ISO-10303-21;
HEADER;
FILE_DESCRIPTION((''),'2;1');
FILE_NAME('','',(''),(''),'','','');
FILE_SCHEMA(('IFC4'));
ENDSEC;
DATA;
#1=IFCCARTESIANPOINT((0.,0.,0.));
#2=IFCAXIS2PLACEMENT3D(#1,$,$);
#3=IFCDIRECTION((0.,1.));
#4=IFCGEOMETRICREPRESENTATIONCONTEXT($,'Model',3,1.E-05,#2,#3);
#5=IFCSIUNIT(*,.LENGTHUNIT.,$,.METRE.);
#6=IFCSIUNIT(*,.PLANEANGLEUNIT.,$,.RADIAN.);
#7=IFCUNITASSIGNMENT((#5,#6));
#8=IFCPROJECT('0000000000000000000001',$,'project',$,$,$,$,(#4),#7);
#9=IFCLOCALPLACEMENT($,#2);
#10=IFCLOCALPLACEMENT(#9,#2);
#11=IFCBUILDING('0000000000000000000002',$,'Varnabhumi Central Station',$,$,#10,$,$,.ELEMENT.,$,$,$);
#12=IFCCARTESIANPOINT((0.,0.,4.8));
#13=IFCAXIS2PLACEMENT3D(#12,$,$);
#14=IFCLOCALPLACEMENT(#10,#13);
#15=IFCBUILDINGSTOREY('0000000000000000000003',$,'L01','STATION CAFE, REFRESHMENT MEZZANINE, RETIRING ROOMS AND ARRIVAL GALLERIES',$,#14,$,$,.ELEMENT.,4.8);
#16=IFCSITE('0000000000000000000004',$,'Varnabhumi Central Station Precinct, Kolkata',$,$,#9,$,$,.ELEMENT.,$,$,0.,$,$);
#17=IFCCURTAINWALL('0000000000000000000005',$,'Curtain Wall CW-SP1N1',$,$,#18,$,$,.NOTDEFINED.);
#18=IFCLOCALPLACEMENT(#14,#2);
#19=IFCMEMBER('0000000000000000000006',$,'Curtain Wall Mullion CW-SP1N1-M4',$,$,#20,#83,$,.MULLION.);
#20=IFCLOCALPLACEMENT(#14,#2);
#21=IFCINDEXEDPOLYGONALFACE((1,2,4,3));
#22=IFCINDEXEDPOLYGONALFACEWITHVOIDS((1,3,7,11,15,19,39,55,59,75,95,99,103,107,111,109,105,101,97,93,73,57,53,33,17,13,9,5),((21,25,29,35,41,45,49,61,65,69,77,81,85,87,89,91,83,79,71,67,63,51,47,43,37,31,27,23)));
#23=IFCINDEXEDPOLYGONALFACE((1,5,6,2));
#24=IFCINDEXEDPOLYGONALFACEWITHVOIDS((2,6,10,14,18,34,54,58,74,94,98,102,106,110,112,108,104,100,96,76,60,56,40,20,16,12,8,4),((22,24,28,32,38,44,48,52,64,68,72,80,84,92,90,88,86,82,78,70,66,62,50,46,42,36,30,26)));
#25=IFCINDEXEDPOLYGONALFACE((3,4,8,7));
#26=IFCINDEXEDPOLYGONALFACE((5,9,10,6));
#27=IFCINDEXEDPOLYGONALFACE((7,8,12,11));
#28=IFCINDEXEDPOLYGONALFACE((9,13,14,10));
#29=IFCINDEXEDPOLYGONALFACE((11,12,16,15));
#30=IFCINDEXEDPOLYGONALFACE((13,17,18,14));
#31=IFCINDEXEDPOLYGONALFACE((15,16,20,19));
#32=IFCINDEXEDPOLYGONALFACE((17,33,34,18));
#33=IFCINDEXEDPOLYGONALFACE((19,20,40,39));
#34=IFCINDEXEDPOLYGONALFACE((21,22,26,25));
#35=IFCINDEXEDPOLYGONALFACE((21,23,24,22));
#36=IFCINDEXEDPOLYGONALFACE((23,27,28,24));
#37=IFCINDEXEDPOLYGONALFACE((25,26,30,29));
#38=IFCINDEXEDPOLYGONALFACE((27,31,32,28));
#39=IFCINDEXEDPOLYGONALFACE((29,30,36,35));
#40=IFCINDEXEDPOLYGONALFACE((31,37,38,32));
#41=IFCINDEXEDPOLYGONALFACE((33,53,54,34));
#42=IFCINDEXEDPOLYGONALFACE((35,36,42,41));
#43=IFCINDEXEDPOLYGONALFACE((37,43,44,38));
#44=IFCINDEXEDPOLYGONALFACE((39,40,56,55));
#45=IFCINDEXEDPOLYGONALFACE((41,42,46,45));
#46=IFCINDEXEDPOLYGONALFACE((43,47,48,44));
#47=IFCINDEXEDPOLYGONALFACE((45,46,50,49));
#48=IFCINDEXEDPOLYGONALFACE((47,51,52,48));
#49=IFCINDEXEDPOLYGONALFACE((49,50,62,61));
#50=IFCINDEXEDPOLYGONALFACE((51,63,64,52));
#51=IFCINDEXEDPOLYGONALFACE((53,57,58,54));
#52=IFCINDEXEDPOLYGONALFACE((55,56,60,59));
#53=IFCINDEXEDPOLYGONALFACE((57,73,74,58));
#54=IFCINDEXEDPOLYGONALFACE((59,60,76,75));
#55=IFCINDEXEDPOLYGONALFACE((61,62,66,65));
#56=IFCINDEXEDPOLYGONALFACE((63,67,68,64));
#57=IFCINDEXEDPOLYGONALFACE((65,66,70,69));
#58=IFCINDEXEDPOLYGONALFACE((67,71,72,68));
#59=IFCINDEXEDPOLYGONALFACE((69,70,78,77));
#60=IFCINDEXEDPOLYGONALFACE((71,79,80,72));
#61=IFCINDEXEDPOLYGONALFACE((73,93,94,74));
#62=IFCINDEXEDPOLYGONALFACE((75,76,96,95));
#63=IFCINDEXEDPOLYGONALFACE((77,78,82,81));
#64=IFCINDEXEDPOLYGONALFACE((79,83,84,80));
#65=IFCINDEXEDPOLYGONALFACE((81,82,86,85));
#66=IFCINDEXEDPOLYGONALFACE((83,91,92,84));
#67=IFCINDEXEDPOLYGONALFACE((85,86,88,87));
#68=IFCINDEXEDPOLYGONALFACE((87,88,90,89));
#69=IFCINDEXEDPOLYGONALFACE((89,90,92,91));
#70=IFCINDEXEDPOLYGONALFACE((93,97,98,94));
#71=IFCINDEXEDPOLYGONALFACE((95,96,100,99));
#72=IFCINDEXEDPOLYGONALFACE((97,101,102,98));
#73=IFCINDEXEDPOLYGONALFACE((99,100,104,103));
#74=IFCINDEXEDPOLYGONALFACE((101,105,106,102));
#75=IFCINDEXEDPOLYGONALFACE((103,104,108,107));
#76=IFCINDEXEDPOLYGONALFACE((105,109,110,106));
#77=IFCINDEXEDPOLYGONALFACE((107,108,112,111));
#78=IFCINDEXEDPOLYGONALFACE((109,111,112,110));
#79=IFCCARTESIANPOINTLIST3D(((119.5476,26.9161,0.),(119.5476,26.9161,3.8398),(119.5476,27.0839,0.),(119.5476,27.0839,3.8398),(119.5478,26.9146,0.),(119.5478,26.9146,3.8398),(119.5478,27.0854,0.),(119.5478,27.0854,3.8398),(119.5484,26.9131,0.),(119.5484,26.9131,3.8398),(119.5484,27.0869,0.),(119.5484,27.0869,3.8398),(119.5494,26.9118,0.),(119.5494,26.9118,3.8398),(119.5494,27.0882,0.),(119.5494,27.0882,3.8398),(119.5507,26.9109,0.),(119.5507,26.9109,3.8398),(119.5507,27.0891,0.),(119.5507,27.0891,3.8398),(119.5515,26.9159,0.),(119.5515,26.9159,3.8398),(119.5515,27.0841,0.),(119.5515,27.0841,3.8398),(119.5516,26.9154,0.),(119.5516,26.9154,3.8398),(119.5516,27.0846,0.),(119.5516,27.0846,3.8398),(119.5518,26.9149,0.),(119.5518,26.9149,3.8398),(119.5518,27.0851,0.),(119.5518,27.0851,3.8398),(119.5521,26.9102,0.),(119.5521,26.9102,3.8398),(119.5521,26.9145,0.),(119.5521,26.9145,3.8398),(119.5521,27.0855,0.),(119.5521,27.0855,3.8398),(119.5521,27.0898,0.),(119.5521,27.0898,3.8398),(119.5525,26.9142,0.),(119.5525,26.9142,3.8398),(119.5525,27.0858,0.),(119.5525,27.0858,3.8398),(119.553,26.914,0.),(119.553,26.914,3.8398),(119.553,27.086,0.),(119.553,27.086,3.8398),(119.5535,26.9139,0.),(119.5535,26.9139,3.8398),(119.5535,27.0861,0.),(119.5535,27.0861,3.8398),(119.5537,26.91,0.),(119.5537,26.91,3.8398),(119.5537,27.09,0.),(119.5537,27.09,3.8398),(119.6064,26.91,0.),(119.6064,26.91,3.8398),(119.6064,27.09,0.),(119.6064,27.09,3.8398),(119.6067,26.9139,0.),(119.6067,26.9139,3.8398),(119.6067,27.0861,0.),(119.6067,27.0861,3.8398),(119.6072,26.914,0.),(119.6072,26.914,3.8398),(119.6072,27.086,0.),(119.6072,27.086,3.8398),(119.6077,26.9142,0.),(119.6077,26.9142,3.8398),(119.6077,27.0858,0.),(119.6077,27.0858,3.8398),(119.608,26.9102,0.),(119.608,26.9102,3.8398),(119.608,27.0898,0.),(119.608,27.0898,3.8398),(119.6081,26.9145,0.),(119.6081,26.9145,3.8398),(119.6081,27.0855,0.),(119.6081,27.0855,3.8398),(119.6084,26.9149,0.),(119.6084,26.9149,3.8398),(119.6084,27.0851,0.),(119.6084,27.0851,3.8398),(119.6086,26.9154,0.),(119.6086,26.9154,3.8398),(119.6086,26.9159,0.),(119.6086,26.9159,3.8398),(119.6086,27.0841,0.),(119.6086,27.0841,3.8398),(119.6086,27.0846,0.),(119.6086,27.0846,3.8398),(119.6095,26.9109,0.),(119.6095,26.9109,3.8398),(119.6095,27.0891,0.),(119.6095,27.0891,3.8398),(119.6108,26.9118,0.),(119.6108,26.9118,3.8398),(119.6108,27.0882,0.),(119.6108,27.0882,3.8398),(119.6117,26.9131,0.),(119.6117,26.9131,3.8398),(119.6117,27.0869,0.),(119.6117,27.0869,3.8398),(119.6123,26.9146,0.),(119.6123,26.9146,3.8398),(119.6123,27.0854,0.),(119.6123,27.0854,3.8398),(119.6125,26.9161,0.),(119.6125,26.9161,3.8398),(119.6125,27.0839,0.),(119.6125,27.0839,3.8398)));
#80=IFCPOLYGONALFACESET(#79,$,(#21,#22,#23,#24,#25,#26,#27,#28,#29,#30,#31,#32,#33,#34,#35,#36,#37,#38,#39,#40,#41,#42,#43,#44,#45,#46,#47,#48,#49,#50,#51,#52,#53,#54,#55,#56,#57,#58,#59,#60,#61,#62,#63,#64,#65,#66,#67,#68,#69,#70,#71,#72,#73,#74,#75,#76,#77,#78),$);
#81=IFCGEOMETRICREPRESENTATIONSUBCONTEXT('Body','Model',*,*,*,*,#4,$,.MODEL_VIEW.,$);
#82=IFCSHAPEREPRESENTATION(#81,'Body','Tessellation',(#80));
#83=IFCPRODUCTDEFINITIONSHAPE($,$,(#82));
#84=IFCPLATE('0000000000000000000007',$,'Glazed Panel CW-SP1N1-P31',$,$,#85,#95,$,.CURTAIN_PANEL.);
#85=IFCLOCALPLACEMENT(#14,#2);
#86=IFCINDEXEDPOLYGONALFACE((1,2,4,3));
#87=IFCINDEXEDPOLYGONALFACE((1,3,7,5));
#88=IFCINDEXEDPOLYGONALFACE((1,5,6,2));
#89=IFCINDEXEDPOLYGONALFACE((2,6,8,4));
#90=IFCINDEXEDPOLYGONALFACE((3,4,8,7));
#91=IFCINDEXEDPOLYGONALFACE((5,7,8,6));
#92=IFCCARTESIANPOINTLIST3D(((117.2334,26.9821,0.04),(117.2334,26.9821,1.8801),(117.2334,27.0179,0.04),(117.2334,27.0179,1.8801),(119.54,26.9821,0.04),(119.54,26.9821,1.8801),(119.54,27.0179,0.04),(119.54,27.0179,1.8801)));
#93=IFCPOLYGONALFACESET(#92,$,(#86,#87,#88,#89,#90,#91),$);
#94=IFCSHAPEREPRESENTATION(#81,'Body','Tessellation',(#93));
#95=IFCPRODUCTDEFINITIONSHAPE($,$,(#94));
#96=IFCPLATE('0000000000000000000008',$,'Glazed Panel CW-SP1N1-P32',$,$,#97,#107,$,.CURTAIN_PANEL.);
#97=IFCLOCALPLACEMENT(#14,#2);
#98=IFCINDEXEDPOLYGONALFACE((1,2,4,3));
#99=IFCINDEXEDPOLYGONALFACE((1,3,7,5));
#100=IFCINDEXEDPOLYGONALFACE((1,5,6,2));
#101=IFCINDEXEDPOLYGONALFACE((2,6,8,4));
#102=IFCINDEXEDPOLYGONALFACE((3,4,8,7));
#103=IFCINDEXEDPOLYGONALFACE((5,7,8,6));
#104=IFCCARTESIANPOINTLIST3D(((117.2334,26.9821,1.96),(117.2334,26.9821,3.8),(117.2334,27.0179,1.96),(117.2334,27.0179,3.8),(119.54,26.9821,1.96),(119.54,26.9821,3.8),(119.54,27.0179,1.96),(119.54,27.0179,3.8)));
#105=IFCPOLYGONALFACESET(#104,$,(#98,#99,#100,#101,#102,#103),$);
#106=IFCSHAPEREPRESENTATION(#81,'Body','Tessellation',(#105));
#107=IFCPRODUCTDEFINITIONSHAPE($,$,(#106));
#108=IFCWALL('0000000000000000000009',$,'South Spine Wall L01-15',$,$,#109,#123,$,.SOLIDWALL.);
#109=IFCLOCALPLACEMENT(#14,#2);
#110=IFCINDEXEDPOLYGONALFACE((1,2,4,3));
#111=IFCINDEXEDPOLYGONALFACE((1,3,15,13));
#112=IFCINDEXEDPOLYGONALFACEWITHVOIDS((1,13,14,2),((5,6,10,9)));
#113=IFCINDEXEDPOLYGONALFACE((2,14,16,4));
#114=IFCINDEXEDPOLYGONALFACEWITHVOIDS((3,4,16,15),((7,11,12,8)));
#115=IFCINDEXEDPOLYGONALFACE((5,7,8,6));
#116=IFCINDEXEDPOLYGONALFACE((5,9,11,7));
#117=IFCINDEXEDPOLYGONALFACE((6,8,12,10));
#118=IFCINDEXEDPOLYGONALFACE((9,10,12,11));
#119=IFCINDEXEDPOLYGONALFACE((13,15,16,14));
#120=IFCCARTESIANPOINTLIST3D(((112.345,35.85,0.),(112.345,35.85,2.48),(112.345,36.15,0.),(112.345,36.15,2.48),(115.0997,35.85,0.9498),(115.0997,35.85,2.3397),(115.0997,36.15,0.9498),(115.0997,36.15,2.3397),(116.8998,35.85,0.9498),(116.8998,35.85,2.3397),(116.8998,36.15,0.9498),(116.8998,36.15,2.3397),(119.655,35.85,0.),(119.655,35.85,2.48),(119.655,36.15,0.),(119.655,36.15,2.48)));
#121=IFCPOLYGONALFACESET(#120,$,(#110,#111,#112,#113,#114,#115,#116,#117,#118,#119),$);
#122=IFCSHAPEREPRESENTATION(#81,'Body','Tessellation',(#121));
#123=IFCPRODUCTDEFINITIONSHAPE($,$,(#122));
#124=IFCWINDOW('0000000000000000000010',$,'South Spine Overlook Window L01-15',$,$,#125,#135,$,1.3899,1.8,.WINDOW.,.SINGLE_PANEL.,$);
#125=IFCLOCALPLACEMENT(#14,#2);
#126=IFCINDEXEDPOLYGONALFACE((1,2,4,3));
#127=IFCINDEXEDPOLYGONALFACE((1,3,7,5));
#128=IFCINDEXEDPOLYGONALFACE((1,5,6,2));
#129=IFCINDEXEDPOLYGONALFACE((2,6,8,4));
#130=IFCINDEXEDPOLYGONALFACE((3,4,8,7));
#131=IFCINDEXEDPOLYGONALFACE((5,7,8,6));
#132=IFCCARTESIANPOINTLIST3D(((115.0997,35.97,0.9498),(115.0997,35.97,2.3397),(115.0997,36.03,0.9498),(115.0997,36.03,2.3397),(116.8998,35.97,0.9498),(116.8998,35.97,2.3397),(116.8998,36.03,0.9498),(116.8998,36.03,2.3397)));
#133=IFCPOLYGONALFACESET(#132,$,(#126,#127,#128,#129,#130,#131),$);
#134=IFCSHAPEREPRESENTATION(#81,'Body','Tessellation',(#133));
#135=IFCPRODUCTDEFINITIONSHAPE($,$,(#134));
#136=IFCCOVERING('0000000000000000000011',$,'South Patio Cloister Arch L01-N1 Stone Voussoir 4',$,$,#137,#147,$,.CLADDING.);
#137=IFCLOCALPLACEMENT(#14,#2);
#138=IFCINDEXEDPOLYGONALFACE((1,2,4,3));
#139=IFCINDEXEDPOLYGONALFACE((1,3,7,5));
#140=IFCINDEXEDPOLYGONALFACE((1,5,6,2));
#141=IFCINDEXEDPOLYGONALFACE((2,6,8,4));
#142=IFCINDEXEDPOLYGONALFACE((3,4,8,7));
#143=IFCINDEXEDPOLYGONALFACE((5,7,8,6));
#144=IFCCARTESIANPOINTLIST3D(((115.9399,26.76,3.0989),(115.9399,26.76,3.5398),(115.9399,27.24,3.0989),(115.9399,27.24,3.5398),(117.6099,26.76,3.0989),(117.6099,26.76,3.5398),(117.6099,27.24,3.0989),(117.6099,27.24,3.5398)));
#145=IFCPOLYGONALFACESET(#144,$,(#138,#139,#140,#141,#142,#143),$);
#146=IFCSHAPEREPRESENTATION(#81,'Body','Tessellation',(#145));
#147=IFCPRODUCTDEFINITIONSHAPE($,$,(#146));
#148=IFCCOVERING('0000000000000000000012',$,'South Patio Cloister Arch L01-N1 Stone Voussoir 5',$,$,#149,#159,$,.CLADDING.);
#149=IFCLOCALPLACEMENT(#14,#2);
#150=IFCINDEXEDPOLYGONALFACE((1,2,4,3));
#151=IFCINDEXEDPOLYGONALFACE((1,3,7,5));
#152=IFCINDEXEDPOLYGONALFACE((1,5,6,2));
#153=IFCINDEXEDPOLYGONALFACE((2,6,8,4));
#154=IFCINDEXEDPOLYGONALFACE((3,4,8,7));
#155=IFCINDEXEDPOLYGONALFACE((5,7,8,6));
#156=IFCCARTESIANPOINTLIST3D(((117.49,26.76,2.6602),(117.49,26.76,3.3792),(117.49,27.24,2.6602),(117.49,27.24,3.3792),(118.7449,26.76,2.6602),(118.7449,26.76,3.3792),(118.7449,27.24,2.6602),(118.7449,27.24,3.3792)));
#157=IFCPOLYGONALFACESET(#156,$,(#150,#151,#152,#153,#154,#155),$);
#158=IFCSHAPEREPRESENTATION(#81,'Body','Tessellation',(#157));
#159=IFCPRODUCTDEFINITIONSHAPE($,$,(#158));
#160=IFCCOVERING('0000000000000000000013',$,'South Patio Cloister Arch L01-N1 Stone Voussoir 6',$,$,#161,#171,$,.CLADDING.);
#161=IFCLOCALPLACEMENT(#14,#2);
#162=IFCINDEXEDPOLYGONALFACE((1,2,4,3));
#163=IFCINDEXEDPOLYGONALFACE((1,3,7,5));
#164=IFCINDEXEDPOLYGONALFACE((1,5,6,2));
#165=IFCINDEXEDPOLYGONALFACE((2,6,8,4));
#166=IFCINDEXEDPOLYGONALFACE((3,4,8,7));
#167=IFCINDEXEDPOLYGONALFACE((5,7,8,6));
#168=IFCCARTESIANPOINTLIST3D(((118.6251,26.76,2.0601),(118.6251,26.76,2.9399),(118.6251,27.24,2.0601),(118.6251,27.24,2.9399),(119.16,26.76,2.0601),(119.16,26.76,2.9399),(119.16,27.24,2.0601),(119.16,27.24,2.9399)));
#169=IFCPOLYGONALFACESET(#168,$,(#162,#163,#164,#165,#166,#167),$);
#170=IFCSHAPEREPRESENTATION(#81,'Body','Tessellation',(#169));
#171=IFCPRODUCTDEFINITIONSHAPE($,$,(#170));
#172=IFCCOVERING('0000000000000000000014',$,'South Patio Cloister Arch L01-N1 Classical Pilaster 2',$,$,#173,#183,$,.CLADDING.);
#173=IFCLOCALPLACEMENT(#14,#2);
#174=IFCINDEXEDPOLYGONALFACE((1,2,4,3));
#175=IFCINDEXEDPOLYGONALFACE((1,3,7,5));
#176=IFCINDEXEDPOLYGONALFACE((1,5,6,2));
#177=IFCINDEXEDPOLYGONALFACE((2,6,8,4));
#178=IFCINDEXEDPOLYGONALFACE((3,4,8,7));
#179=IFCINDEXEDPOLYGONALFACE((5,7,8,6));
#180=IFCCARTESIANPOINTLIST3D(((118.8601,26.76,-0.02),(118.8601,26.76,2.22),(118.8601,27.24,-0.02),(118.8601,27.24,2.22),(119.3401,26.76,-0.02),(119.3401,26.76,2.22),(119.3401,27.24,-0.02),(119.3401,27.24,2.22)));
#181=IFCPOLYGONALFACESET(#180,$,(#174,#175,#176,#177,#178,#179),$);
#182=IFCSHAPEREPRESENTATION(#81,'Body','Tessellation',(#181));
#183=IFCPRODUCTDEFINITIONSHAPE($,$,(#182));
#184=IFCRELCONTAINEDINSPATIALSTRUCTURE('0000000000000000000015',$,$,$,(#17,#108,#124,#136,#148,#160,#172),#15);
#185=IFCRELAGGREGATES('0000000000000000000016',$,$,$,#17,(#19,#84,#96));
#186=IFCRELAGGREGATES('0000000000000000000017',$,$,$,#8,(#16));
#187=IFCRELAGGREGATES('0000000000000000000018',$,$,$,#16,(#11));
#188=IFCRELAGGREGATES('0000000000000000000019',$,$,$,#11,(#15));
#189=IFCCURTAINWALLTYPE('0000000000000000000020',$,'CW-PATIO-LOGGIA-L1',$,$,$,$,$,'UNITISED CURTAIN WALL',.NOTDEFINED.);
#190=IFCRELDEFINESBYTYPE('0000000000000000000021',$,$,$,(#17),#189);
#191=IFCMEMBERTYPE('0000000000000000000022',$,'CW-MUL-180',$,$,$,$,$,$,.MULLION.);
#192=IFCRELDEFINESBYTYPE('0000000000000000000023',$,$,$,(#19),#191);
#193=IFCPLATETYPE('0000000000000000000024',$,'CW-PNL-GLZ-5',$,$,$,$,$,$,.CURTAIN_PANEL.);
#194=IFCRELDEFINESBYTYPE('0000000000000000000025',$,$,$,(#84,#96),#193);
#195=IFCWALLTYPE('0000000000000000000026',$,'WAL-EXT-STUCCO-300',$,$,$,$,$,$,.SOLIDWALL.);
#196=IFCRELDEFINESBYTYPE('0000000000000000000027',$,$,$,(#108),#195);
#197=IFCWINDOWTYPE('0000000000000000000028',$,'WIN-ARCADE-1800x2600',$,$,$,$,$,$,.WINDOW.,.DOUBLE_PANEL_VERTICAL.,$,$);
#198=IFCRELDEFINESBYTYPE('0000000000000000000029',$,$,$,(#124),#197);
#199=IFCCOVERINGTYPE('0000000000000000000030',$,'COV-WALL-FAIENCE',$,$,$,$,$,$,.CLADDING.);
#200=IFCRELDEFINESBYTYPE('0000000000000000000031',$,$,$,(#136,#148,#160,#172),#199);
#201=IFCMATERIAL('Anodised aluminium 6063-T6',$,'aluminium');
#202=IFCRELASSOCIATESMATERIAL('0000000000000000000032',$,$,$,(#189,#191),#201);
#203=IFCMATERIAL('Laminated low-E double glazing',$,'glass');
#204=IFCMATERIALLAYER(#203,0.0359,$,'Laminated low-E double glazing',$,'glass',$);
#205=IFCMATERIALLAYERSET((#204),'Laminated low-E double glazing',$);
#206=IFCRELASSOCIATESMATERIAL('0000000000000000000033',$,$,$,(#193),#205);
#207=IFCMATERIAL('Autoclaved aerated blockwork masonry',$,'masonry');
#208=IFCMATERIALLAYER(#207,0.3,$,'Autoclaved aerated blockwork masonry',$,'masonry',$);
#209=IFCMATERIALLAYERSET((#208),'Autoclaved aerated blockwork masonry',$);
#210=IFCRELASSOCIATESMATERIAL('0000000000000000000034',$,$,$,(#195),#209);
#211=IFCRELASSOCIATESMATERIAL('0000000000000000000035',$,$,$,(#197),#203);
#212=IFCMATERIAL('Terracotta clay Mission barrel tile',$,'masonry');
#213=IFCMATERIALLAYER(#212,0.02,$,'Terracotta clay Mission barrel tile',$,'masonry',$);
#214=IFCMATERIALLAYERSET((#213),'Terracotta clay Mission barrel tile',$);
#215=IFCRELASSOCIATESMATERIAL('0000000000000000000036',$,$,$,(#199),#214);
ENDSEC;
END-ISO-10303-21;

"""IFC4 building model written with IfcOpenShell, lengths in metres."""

from ifc_helpers import new_model, si_unit, direction, frame, frame_2d, origin, origin_2d, place, context, subcontext, project, spatial, rectangle, hollow_rectangle, extrude, material, layer, layer_set, material_profile, profile_set, type_object, element, fill, aggregate, save


model = new_model("IFC4")

# Units and contexts
model_context = context("Model", 3, precision=1e-05, world=origin(), true_north=direction((0.0, 1.0)))
body_context = subcontext(model_context, "Body", "Model", "MODEL_VIEW")
ifc_project = project(units=[si_unit("LENGTHUNIT", "METRE"), si_unit("PLANEANGLEUNIT", "RADIAN")], contexts=[model_context])

# Site, building, storey
site_placement = place(None, origin())
site = spatial("IfcSite", under=ifc_project, at=site_placement, Name="Varnabhumi Central Station Precinct, Kolkata", CompositionType="ELEMENT", RefElevation=0.0)
building_placement = place(site_placement, origin())
building = spatial("IfcBuilding", under=site, at=building_placement, Name="Varnabhumi Central Station", CompositionType="ELEMENT")
storey_placement = place(building_placement, frame((0.0, 0.0, 4.8)))
storey = spatial("IfcBuildingStorey", under=building, at=storey_placement, Name="L01", Description="STATION CAFE, REFRESHMENT MEZZANINE, RETIRING ROOMS AND ARRIVAL GALLERIES", CompositionType="ELEMENT", Elevation=4.8)

# Curtain wall, member, plates
ifc_material_1 = material(Name="Anodised aluminium 6063-T6", Category="aluminium")
curtain_wall_type = type_object("IfcCurtainWallType", Name="CW-PATIO-LOGGIA-L1", ElementType="UNITISED CURTAIN WALL", PredefinedType="NOTDEFINED", material=ifc_material_1)
curtain_wall_placement = place(storey_placement, origin())
curtain_wall = element("IfcCurtainWall", 1, at=curtain_wall_placement, inside=storey, type_object=curtain_wall_type, Name="Curtain Wall CW-SP1N1", PredefinedType="NOTDEFINED")
ifc_material_profile_1 = material_profile(ifc_material_1, hollow_rectangle(XDim=0.0649, YDim=0.1799, WallThickness=0.0039, InnerFilletRadius=0.002, OuterFilletRadius=0.0061, at=origin_2d()), Name="Anodised aluminium 6063-T6", Category="aluminium")
ifc_profile_set_1 = profile_set([ifc_material_profile_1], Name="Anodised aluminium 6063-T6")
member_type = type_object("IfcMemberType", Name="CW-MUL-180", PredefinedType="MULLION", material=ifc_profile_set_1)
member_1_placement = place(storey_placement, frame((119.5801, 27.0, 0.0), z_axis=(0.0, 0.0, 1.0), x_axis=(1.0, 0.0, 0.0)))
member_1 = element("IfcMember", 2, at=member_1_placement, type_object=member_type, Name="Curtain Wall Mullion CW-SP1N1-M4", PredefinedType="MULLION", context=body_context, shape_type="SweptSolid", body=[
    extrude(hollow_rectangle(XDim=0.0649, YDim=0.1799, WallThickness=0.0039, InnerFilletRadius=0.002, OuterFilletRadius=0.0061, at=origin_2d()), origin(), (0.0, 0.0, 1.0), 3.8398),
])
ifc_material_2 = material(Name="Laminated low-E double glazing", Category="glass")
ifc_layer_1 = layer(ifc_material_2, 0.0359, Name="Laminated low-E double glazing", Category="glass")
ifc_layer_set_1 = layer_set([ifc_layer_1], Name="Laminated low-E double glazing")
plate_type = type_object("IfcPlateType", Name="CW-PNL-GLZ-5", PredefinedType="CURTAIN_PANEL", material=ifc_layer_set_1)
plate_1_placement = place(storey_placement, frame((118.3867, 27.0, 0.04), z_axis=(0.0, 0.0, 1.0), x_axis=(1.0, 0.0, 0.0)))
plate_1 = element("IfcPlate", 3, at=plate_1_placement, type_object=plate_type, Name="Glazed Panel CW-SP1N1-P31", PredefinedType="CURTAIN_PANEL", context=body_context, shape_type="SweptSolid", body=[
    extrude(rectangle(XDim=2.3066, YDim=0.0359, at=origin_2d()), origin(), (0.0, 0.0, 1.0), 1.8401),
])
plate_2_placement = place(storey_placement, frame((118.3867, 27.0, 1.96), z_axis=(0.0, 0.0, 1.0), x_axis=(1.0, 0.0, 0.0)))
plate_2 = element("IfcPlate", 4, at=plate_2_placement, type_object=plate_type, Name="Glazed Panel CW-SP1N1-P32", PredefinedType="CURTAIN_PANEL", context=body_context, shape_type="SweptSolid", body=[
    extrude(rectangle(XDim=2.3066, YDim=0.0359, at=origin_2d()), origin(), (0.0, 0.0, 1.0), 1.8401),
])
aggregate(curtain_wall, [member_1, plate_1, plate_2])

# Wall, opening, window
ifc_material_3 = material(Name="Autoclaved aerated blockwork masonry", Category="masonry")
ifc_layer_2 = layer(ifc_material_3, 0.3, Name="Autoclaved aerated blockwork masonry", Category="masonry")
ifc_layer_set_2 = layer_set([ifc_layer_2], Name="Autoclaved aerated blockwork masonry")
wall_type = type_object("IfcWallType", Name="WAL-EXT-STUCCO-300", PredefinedType="SOLIDWALL", material=ifc_layer_set_2)
wall_placement = place(storey_placement, frame((112.345, 36.0, 0.0), z_axis=(0.0, 0.0, 1.0), x_axis=(1.0, 0.0, 0.0)))
wall = element("IfcWall", 5, at=wall_placement, inside=storey, type_object=wall_type, Name="South Spine Wall L01-15", PredefinedType="SOLIDWALL", context=body_context, shape_type="SweptSolid", body=[
    extrude(rectangle(XDim=7.3101, YDim=0.3, at=frame_2d((3.655, 0.0))), origin(), (0.0, 0.0, 1.0), 2.48),
])
opening_placement = place(wall_placement, frame((2.7549, 0.0, 0.95)))
opening = element("IfcOpeningElement", 6, at=opening_placement, cuts=wall, PredefinedType="OPENING", context=body_context, shape_type="SweptSolid", body=[
    extrude(rectangle(XDim=1.8, YDim=1.3899, at=frame_2d((0.8999, 0.6948))), frame((0.0, 0.1599, 0.0), z_axis=(0.0, -1.0, 0.0), x_axis=(1.0, 0.0, 0.0)), (0.0, 0.0, 1.0), 0.3201),
])
window_type = type_object("IfcWindowType", Name="WIN-ARCADE-1800x2600", PartitioningType="DOUBLE_PANEL_VERTICAL", PredefinedType="WINDOW", material=ifc_material_2)
window_placement = place(opening_placement, origin())
window = element("IfcWindow", 7, at=window_placement, inside=storey, type_object=window_type, Name="South Spine Overlook Window L01-15", OverallHeight=1.3899, OverallWidth=1.8, PartitioningType="SINGLE_PANEL", PredefinedType="WINDOW", context=body_context, shape_type="SweptSolid", body=[
    extrude(rectangle(XDim=1.8, YDim=1.3899, at=frame_2d((0.8999, 0.6948))), frame((0.0, 0.03, 0.0), z_axis=(0.0, -1.0, 0.0), x_axis=(1.0, 0.0, 0.0)), (0.0, 0.0, 1.0), 0.0601),
])
fill(opening, window)

# Coverings
ifc_material_4 = material(Name="Terracotta clay Mission barrel tile", Category="masonry")
ifc_layer_3 = layer(ifc_material_4, 0.02, Name="Terracotta clay Mission barrel tile", Category="masonry")
ifc_layer_set_3 = layer_set([ifc_layer_3], Name="Terracotta clay Mission barrel tile")
covering_type = type_object("IfcCoveringType", Name="COV-WALL-FAIENCE", PredefinedType="CLADDING", material=ifc_layer_set_3)
covering_1_placement = place(storey_placement, frame((116.7749, 27.0, 3.0989), z_axis=(0.0, 0.0, 1.0), x_axis=(1.0, 0.0, 0.0)))
element("IfcCovering", 8, at=covering_1_placement, inside=storey, type_object=covering_type, Name="South Patio Cloister Arch L01-N1 Stone Voussoir 4", PredefinedType="CLADDING", context=body_context, shape_type="SweptSolid", body=[
    extrude(rectangle(XDim=1.6699, YDim=0.48, at=origin_2d()), origin(), (0.0, 0.0, 1.0), 0.4409),
])
covering_2_placement = place(storey_placement, frame((118.1174, 27.0, 2.6602), z_axis=(0.0, 0.0, 1.0), x_axis=(1.0, 0.0, 0.0)))
element("IfcCovering", 9, at=covering_2_placement, inside=storey, type_object=covering_type, Name="South Patio Cloister Arch L01-N1 Stone Voussoir 5", PredefinedType="CLADDING", context=body_context, shape_type="SweptSolid", body=[
    extrude(rectangle(XDim=1.2549, YDim=0.48, at=origin_2d()), origin(), (0.0, 0.0, 1.0), 0.719),
])
covering_3_placement = place(storey_placement, frame((118.8926, 27.0, 2.0601), z_axis=(0.0, 0.0, 1.0), x_axis=(1.0, 0.0, 0.0)))
element("IfcCovering", 10, at=covering_3_placement, inside=storey, type_object=covering_type, Name="South Patio Cloister Arch L01-N1 Stone Voussoir 6", PredefinedType="CLADDING", context=body_context, shape_type="SweptSolid", body=[
    extrude(rectangle(XDim=0.5349, YDim=0.48, at=origin_2d()), origin(), (0.0, 0.0, 1.0), 0.8799),
])
covering_4_placement = place(storey_placement, frame((119.1001, 27.0, -0.02), z_axis=(0.0, 0.0, 1.0), x_axis=(1.0, 0.0, 0.0)))
element("IfcCovering", 11, at=covering_4_placement, inside=storey, type_object=covering_type, Name="South Patio Cloister Arch L01-N1 Classical Pilaster 2", PredefinedType="CLADDING", context=body_context, shape_type="SweptSolid", body=[
    extrude(rectangle(XDim=0.48, YDim=0.48, at=origin_2d()), origin(), (0.0, 0.0, 1.0), 2.24),
])

save(model, "model.ifc")
